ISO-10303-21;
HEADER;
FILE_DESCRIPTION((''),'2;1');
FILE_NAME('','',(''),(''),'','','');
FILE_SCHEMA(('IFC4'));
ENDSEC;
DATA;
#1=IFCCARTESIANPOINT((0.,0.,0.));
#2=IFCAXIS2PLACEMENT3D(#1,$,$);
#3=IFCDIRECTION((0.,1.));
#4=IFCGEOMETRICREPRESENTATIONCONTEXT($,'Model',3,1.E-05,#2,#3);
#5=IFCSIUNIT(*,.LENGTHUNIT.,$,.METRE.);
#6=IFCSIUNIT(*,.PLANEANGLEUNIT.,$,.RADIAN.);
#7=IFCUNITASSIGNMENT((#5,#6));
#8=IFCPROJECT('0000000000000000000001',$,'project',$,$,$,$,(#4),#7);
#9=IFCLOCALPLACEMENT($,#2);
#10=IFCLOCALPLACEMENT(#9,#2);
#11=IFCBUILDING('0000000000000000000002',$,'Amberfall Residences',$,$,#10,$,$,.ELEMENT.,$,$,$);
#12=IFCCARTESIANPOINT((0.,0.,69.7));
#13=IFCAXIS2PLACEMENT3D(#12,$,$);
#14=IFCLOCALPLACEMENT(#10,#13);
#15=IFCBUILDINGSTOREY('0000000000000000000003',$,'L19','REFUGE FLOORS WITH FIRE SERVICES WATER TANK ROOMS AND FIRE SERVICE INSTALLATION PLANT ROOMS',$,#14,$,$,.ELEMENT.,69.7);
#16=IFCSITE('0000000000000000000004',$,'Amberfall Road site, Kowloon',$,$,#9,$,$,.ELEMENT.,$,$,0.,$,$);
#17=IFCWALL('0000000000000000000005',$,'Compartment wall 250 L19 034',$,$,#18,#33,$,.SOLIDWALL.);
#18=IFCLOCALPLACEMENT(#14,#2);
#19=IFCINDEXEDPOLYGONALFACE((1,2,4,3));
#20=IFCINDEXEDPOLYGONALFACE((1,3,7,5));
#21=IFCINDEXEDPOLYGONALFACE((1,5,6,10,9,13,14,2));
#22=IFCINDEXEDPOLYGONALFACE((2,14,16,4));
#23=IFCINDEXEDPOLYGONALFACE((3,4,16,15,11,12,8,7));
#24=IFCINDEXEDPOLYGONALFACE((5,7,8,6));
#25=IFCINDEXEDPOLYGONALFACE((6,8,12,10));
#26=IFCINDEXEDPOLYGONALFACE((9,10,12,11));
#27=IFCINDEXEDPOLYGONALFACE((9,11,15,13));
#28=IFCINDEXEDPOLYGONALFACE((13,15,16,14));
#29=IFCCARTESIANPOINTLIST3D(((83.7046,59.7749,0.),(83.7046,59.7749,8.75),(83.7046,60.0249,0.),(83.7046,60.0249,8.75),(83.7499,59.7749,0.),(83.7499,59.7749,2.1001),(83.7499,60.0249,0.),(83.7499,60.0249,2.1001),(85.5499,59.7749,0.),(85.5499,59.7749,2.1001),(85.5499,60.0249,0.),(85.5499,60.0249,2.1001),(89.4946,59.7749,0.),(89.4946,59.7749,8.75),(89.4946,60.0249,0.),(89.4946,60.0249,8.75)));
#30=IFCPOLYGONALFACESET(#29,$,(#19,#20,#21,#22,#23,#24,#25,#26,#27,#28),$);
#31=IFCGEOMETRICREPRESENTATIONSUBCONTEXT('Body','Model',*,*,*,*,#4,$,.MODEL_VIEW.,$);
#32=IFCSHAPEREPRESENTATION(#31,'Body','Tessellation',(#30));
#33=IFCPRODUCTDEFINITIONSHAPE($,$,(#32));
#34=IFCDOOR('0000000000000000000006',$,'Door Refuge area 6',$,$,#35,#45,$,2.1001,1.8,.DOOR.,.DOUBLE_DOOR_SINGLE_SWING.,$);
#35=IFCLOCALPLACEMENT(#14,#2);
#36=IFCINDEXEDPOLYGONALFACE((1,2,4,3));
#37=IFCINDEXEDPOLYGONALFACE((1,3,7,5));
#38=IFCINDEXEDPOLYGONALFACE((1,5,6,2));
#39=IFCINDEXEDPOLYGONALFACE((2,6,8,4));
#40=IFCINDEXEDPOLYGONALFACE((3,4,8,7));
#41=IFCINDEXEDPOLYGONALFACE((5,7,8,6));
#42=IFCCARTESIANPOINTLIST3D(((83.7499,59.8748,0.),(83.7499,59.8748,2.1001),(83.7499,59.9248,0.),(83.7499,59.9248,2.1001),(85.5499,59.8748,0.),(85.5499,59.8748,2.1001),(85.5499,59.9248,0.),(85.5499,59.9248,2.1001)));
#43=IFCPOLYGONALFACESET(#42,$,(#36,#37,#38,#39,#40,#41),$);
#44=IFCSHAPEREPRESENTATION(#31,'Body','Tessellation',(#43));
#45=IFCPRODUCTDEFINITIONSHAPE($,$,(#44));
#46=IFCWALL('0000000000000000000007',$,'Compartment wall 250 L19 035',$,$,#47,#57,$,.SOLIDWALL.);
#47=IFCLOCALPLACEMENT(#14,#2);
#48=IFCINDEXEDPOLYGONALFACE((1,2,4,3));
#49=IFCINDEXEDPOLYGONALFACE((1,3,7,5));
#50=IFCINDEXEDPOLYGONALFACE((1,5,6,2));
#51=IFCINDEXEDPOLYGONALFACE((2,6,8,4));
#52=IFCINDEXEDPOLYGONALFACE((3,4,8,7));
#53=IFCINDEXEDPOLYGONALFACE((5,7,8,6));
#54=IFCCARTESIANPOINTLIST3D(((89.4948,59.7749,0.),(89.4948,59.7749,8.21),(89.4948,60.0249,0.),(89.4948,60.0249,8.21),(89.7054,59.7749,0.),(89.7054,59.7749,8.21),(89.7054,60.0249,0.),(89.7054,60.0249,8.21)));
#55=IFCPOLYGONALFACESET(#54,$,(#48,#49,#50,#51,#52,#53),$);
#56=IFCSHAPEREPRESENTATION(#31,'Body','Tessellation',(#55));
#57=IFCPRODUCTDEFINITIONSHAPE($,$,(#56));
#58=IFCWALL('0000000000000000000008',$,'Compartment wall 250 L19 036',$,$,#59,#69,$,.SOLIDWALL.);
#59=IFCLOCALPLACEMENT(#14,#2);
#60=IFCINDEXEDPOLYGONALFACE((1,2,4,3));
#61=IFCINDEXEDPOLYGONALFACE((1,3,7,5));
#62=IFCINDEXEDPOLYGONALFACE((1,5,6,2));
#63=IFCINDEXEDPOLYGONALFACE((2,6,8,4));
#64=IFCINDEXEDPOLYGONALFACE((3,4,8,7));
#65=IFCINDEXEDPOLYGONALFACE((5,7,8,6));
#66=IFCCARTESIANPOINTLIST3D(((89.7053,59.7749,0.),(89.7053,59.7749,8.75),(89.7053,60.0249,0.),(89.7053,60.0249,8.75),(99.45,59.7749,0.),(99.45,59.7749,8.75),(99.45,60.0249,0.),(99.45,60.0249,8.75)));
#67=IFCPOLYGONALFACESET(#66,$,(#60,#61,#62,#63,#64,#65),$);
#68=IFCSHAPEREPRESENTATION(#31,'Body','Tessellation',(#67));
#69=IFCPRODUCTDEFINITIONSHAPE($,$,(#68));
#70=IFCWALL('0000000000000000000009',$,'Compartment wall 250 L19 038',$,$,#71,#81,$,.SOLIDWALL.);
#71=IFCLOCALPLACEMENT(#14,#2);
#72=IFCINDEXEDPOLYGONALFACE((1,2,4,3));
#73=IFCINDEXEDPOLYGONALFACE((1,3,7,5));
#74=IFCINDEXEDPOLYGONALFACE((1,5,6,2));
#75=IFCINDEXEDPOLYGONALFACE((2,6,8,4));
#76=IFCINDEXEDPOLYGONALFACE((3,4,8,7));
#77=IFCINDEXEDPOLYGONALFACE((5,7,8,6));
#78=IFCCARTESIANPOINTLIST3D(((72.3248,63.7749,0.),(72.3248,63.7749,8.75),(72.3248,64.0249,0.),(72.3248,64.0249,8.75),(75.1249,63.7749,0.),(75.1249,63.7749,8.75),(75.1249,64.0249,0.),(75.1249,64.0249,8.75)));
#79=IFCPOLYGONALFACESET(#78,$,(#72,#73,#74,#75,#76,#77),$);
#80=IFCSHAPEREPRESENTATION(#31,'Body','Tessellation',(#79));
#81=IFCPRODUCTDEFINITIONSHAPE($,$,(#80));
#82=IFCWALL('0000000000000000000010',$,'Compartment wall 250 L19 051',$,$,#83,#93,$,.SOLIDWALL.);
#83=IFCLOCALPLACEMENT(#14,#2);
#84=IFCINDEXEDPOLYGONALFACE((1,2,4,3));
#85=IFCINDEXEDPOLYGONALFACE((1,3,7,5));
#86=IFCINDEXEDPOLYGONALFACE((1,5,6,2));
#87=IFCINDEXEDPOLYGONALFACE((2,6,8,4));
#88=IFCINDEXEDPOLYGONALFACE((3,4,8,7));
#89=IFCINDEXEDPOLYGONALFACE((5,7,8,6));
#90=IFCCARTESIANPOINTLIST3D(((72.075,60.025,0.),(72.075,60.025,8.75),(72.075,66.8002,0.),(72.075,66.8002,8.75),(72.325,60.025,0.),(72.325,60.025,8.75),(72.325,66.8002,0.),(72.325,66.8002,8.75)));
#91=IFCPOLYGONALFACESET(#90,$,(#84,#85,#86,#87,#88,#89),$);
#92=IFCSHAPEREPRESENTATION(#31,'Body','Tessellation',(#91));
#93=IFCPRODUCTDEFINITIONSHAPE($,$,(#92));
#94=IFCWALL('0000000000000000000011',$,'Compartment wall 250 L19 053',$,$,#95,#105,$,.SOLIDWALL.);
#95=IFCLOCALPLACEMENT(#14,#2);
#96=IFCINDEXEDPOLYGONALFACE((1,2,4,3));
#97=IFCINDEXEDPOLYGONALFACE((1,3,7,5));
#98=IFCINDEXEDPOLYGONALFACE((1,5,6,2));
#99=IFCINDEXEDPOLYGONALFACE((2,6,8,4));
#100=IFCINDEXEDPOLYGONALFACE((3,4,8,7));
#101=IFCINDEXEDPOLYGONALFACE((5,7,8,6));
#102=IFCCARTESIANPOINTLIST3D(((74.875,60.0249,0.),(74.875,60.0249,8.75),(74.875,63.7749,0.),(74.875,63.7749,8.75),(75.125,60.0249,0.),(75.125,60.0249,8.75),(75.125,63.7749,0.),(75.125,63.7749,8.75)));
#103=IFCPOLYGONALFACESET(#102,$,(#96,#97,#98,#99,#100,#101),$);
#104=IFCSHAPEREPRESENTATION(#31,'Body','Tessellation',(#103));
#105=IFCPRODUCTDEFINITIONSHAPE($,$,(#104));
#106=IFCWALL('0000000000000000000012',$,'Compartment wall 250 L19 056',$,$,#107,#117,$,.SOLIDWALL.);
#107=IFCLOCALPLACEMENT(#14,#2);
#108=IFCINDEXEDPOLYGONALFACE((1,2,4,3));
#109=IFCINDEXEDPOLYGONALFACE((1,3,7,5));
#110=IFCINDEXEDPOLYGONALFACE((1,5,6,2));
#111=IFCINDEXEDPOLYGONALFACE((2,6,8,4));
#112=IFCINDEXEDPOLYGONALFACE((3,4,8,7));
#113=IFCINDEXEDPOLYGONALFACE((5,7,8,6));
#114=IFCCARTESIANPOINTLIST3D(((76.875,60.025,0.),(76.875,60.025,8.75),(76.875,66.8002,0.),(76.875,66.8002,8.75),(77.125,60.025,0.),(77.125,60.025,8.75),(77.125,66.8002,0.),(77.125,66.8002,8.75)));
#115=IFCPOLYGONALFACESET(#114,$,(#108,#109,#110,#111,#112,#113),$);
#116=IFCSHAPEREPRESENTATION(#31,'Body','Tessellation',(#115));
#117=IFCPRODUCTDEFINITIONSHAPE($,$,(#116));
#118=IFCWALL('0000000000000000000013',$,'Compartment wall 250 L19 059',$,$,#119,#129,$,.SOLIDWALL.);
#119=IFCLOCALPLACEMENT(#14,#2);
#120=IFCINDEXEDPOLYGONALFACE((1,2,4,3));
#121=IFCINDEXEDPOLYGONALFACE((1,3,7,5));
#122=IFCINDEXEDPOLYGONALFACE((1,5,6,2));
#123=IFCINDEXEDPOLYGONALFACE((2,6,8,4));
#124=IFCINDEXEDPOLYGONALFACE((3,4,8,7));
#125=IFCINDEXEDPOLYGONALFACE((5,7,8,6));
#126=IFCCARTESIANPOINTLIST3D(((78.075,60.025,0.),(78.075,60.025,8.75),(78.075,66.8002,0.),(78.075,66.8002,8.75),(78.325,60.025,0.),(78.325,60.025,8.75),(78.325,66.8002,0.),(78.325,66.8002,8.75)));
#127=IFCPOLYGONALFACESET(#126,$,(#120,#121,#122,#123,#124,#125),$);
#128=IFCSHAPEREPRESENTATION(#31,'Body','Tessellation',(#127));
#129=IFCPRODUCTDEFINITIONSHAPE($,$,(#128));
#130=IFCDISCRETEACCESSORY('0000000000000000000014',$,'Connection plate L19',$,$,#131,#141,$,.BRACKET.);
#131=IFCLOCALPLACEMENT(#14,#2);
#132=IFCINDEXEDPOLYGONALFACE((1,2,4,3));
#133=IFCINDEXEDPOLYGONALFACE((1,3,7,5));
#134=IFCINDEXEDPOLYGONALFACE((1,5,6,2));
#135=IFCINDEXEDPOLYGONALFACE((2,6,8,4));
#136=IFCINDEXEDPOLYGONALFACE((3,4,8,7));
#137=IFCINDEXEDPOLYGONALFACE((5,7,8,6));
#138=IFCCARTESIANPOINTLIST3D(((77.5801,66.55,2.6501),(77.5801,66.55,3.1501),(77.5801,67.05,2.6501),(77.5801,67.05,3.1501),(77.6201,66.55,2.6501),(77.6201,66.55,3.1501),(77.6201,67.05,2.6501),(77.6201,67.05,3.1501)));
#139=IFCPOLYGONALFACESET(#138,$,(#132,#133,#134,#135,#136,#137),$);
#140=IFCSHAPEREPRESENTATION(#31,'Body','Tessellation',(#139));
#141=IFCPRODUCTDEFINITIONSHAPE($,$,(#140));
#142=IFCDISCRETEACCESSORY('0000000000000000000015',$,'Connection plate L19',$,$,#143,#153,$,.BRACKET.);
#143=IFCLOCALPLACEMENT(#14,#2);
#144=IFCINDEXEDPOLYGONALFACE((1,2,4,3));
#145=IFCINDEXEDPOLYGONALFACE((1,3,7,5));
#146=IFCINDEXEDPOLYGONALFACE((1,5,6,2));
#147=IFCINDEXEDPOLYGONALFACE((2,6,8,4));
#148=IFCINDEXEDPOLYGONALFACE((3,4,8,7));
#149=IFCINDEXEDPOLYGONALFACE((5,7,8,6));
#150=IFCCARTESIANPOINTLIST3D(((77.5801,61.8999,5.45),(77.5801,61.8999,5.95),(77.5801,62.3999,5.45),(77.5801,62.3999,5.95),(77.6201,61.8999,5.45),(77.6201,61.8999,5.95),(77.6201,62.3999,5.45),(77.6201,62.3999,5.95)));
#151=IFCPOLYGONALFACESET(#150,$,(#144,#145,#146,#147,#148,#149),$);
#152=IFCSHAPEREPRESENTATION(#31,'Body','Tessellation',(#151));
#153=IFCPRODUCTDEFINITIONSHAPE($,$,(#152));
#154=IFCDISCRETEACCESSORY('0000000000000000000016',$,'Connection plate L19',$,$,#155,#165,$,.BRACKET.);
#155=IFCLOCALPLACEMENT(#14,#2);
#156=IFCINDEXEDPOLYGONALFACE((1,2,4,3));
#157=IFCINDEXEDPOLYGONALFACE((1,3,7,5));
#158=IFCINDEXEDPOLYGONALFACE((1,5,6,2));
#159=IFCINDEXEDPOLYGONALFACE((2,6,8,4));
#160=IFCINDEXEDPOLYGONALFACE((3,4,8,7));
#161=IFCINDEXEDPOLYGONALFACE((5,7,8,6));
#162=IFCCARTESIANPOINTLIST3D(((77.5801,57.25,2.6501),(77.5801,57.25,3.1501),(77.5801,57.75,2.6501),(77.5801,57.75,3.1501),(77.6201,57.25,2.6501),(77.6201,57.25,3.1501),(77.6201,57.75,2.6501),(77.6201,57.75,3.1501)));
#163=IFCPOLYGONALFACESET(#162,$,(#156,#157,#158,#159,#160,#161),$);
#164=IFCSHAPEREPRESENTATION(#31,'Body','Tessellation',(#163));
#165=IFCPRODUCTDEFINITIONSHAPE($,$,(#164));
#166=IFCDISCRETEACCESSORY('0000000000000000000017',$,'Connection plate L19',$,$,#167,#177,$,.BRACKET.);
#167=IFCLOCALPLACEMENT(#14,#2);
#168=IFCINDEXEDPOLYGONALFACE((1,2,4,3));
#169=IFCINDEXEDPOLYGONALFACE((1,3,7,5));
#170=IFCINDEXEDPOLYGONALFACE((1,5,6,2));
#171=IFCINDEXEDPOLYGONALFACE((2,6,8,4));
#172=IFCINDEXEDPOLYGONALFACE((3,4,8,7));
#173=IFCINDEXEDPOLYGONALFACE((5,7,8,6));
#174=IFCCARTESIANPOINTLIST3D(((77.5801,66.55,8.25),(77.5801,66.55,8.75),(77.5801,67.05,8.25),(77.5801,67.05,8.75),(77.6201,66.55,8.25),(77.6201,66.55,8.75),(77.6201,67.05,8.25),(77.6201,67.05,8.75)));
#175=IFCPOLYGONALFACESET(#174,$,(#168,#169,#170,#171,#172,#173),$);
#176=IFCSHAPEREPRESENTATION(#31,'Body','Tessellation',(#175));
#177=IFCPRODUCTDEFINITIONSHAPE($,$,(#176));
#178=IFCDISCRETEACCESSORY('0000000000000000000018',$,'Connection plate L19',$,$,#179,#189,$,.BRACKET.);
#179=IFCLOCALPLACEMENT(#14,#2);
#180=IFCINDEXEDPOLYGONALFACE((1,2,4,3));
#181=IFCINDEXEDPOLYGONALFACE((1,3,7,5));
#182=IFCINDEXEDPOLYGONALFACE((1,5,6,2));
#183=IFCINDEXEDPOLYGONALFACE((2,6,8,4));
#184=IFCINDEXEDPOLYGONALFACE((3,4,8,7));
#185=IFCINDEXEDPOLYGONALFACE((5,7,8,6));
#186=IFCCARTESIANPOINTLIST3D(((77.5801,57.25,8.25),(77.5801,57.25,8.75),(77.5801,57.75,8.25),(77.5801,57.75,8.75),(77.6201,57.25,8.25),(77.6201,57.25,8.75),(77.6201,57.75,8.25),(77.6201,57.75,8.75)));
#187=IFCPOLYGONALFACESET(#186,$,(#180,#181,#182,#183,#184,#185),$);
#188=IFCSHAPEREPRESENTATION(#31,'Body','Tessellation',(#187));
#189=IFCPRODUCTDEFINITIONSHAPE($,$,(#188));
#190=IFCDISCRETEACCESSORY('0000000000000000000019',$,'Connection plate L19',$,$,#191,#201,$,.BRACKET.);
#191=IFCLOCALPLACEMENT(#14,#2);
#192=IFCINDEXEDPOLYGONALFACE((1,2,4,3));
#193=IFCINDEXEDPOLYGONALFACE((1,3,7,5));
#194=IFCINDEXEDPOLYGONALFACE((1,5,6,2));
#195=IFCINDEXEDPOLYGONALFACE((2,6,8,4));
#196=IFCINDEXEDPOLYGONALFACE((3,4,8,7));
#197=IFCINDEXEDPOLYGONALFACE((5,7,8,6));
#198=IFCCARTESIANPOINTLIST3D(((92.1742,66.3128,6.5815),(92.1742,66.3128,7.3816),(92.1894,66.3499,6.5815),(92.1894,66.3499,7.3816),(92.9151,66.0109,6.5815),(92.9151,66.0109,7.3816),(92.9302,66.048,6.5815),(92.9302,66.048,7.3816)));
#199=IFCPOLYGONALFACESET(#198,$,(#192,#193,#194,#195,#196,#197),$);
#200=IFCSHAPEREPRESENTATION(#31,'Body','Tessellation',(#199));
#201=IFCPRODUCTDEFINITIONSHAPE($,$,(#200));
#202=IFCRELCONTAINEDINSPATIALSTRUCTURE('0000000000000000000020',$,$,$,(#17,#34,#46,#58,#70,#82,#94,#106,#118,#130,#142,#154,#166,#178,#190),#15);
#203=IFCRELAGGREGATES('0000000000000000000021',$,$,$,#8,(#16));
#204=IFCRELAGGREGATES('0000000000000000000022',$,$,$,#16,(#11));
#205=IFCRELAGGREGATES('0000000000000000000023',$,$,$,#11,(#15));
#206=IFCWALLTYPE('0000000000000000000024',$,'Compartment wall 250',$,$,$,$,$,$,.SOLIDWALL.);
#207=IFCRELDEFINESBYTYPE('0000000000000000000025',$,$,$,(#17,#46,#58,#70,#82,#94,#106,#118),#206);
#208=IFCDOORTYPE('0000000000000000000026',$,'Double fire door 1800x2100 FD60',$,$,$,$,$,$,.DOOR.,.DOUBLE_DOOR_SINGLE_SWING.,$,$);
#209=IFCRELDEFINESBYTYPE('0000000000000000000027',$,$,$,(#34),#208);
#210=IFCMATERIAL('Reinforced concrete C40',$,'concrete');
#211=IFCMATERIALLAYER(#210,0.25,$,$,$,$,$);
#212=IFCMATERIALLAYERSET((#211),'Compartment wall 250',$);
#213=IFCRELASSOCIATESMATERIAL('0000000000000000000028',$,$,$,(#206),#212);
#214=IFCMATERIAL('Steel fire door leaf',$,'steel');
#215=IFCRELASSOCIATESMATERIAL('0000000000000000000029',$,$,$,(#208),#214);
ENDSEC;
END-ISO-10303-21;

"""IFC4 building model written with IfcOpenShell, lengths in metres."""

from ifc_helpers import new_model, si_unit, direction, frame, frame_2d, origin, origin_2d, place, context, subcontext, project, spatial, rectangle, extrude, material, layer, layer_set, type_object, element, fill, save


model = new_model("IFC4")

# Units and contexts
model_context = context("Model", 3, precision=1e-05, world=origin(), true_north=direction((0.0, 1.0)))
body_context = subcontext(model_context, "Body", "Model", "MODEL_VIEW")
ifc_project = project(units=[si_unit("LENGTHUNIT", "METRE"), si_unit("PLANEANGLEUNIT", "RADIAN")], contexts=[model_context])

# Site, building, storey
site_placement = place(None, origin())
site = spatial("IfcSite", under=ifc_project, at=site_placement, Name="Amberfall Road site, Kowloon", CompositionType="ELEMENT", RefElevation=0.0)
building_placement = place(site_placement, origin())
building = spatial("IfcBuilding", under=site, at=building_placement, Name="Amberfall Residences", CompositionType="ELEMENT")
storey_placement = place(building_placement, frame((0.0, 0.0, 69.7)))
storey = spatial("IfcBuildingStorey", under=building, at=storey_placement, Name="L19", Description="REFUGE FLOORS WITH FIRE SERVICES WATER TANK ROOMS AND FIRE SERVICE INSTALLATION PLANT ROOMS", CompositionType="ELEMENT", Elevation=69.7)

# Shared definitions
ifc_material_1 = material(Name="Reinforced concrete C40", Category="concrete")
ifc_layer = layer(ifc_material_1, 0.25)
ifc_layer_set = layer_set([ifc_layer], Name="Compartment wall 250")
wall_type = type_object("IfcWallType", Name="Compartment wall 250", PredefinedType="SOLIDWALL", material=ifc_layer_set)

# Wall, opening, door
wall_1_placement = place(storey_placement, frame((83.7046, 59.8999, 0.0), z_axis=(0.0, 0.0, 1.0), x_axis=(1.0, 0.0, 0.0)))
wall_1 = element("IfcWall", 1, at=wall_1_placement, inside=storey, type_object=wall_type, Name="Compartment wall 250 L19 034", PredefinedType="SOLIDWALL", context=body_context, shape_type="SweptSolid", body=[
    extrude(rectangle(XDim=5.79, YDim=0.25, at=frame_2d((2.895, 0.0))), origin(), (0.0, 0.0, 1.0), 8.75),
])
opening_placement = place(wall_1_placement, frame((0.0454, 0.0, 0.0)))
opening = element("IfcOpeningElement", 2, at=opening_placement, cuts=wall_1, PredefinedType="OPENING", context=body_context, shape_type="SweptSolid", body=[
    extrude(rectangle(XDim=1.8, YDim=2.1001, at=frame_2d((0.8999, 1.05))), frame((0.0, 0.135, 0.0), z_axis=(0.0, -1.0, 0.0), x_axis=(1.0, 0.0, 0.0)), (0.0, 0.0, 1.0), 0.27),
])
ifc_material_2 = material(Name="Steel fire door leaf", Category="steel")
door_type = type_object("IfcDoorType", Name="Double fire door 1800x2100 FD60", OperationType="DOUBLE_DOOR_SINGLE_SWING", PredefinedType="DOOR", material=ifc_material_2)
door_placement = place(opening_placement, origin())
door = element("IfcDoor", 3, at=door_placement, inside=storey, type_object=door_type, Name="Door Refuge area 6", OperationType="DOUBLE_DOOR_SINGLE_SWING", OverallHeight=2.1001, OverallWidth=1.8, PredefinedType="DOOR", context=body_context, shape_type="SweptSolid", body=[
    extrude(rectangle(XDim=1.8, YDim=2.1001, at=frame_2d((0.8999, 1.05))), frame((0.0, 0.0249, 0.0), z_axis=(0.0, -1.0, 0.0), x_axis=(1.0, 0.0, 0.0)), (0.0, 0.0, 1.0), 0.05),
])
fill(opening, door)

# Walls
wall_2_placement = place(storey_placement, frame((89.4946, 59.8999, 0.0), z_axis=(0.0, 0.0, 1.0), x_axis=(1.0, 0.0, 0.0)))
element("IfcWall", 4, at=wall_2_placement, inside=storey, type_object=wall_type, Name="Compartment wall 250 L19 035", PredefinedType="SOLIDWALL", context=body_context, shape_type="SweptSolid", body=[
    extrude(rectangle(XDim=0.2107, YDim=0.25, at=frame_2d((0.1055, 0.0))), origin(), (0.0, 0.0, 1.0), 8.21),
])
wall_3_placement = place(storey_placement, frame((89.7053, 59.8999, 0.0), z_axis=(0.0, 0.0, 1.0), x_axis=(1.0, 0.0, 0.0)))
element("IfcWall", 5, at=wall_3_placement, inside=storey, type_object=wall_type, Name="Compartment wall 250 L19 036", PredefinedType="SOLIDWALL", context=body_context, shape_type="SweptSolid", body=[
    extrude(rectangle(XDim=9.7446, YDim=0.25, at=frame_2d((4.8723, 0.0))), origin(), (0.0, 0.0, 1.0), 8.75),
])
wall_4_placement = place(storey_placement, frame((72.325, 63.8999, 0.0), z_axis=(0.0, 0.0, 1.0), x_axis=(1.0, 0.0, 0.0)))
element("IfcWall", 6, at=wall_4_placement, inside=storey, type_object=wall_type, Name="Compartment wall 250 L19 038", PredefinedType="SOLIDWALL", context=body_context, shape_type="SweptSolid", body=[
    extrude(rectangle(XDim=2.8, YDim=0.25, at=frame_2d((1.3999, 0.0))), origin(), (0.0, 0.0, 1.0), 8.75),
])
wall_5_placement = place(storey_placement, frame((72.2, 60.0249, 0.0), z_axis=(0.0, 0.0, 1.0), x_axis=(0.0, 1.0, 0.0)))
element("IfcWall", 7, at=wall_5_placement, inside=storey, type_object=wall_type, Name="Compartment wall 250 L19 051", PredefinedType="SOLIDWALL", context=body_context, shape_type="SweptSolid", body=[
    extrude(rectangle(XDim=6.7751, YDim=0.25, at=frame_2d((3.3877, 0.0))), origin(), (0.0, 0.0, 1.0), 8.75),
])
wall_6_placement = place(storey_placement, frame((75.0, 60.0249, 0.0), z_axis=(0.0, 0.0, 1.0), x_axis=(0.0, 1.0, 0.0)))
element("IfcWall", 8, at=wall_6_placement, inside=storey, type_object=wall_type, Name="Compartment wall 250 L19 053", PredefinedType="SOLIDWALL", context=body_context, shape_type="SweptSolid", body=[
    extrude(rectangle(XDim=3.75, YDim=0.25, at=frame_2d((1.875, 0.0))), origin(), (0.0, 0.0, 1.0), 8.75),
])
for number, where, z_axis, x_axis, name in (
    (9, (77.0, 60.0249, 0.0), (0.0, 0.0, 1.0), (0.0, 1.0, 0.0), "Compartment wall 250 L19 056"),
    (10, (78.2, 60.0249, 0.0), (0.0, 0.0, 1.0), (0.0, 1.0, 0.0), "Compartment wall 250 L19 059"),
):
    element("IfcWall", number, at=place(storey_placement, frame(where, z_axis=z_axis, x_axis=x_axis)), inside=storey, type_object=wall_type, Name=name, PredefinedType="SOLIDWALL", context=body_context, shape_type="SweptSolid", body=[
        extrude(rectangle(XDim=6.7751, YDim=0.25, at=frame_2d((3.3877, 0.0))), origin(), (0.0, 0.0, 1.0), 8.75),
    ])

# Discrete accessories
for number, where, z_axis, x_axis, name in (
    (11, (77.6001, 66.8, 2.6501), (0.0, 0.0, 1.0), (0.0, 1.0, 0.0), "Connection plate L19"),
    (12, (77.6001, 62.1499, 5.45), (0.0, 0.0, 1.0), (0.0, 1.0, 0.0), "Connection plate L19"),
    (13, (77.6001, 57.5, 2.6501), (0.0, 0.0, 1.0), (0.0, 1.0, 0.0), "Connection plate L19"),
    (14, (77.6001, 66.8, 8.25), (0.0, 0.0, 1.0), (0.0, 1.0, 0.0), "Connection plate L19"),
    (15, (77.6001, 57.5, 8.25), (0.0, 0.0, 1.0), (0.0, 1.0, 0.0), "Connection plate L19"),
):
    element("IfcDiscreteAccessory", number, at=place(storey_placement, frame(where, z_axis=z_axis, x_axis=x_axis)), inside=storey, Name=name, PredefinedType="BRACKET", context=body_context, shape_type="SweptSolid", body=[
        extrude(rectangle(XDim=0.5, YDim=0.04, at=origin_2d()), origin(), (0.0, 0.0, 1.0), 0.5),
    ])
discrete_accessory_placement = place(storey_placement, frame((92.5522, 66.1804, 6.5815), z_axis=(0.0, 0.0, 1.0), x_axis=(-0.926062, 0.377372, 0.0)))
element("IfcDiscreteAccessory", 16, at=discrete_accessory_placement, inside=storey, Name="Connection plate L19", PredefinedType="BRACKET", context=body_context, shape_type="SweptSolid", body=[
    extrude(rectangle(XDim=0.8, YDim=0.04, at=origin_2d()), origin(), (0.0, 0.0, 1.0), 0.8),
])

save(model, "model.ifc")
